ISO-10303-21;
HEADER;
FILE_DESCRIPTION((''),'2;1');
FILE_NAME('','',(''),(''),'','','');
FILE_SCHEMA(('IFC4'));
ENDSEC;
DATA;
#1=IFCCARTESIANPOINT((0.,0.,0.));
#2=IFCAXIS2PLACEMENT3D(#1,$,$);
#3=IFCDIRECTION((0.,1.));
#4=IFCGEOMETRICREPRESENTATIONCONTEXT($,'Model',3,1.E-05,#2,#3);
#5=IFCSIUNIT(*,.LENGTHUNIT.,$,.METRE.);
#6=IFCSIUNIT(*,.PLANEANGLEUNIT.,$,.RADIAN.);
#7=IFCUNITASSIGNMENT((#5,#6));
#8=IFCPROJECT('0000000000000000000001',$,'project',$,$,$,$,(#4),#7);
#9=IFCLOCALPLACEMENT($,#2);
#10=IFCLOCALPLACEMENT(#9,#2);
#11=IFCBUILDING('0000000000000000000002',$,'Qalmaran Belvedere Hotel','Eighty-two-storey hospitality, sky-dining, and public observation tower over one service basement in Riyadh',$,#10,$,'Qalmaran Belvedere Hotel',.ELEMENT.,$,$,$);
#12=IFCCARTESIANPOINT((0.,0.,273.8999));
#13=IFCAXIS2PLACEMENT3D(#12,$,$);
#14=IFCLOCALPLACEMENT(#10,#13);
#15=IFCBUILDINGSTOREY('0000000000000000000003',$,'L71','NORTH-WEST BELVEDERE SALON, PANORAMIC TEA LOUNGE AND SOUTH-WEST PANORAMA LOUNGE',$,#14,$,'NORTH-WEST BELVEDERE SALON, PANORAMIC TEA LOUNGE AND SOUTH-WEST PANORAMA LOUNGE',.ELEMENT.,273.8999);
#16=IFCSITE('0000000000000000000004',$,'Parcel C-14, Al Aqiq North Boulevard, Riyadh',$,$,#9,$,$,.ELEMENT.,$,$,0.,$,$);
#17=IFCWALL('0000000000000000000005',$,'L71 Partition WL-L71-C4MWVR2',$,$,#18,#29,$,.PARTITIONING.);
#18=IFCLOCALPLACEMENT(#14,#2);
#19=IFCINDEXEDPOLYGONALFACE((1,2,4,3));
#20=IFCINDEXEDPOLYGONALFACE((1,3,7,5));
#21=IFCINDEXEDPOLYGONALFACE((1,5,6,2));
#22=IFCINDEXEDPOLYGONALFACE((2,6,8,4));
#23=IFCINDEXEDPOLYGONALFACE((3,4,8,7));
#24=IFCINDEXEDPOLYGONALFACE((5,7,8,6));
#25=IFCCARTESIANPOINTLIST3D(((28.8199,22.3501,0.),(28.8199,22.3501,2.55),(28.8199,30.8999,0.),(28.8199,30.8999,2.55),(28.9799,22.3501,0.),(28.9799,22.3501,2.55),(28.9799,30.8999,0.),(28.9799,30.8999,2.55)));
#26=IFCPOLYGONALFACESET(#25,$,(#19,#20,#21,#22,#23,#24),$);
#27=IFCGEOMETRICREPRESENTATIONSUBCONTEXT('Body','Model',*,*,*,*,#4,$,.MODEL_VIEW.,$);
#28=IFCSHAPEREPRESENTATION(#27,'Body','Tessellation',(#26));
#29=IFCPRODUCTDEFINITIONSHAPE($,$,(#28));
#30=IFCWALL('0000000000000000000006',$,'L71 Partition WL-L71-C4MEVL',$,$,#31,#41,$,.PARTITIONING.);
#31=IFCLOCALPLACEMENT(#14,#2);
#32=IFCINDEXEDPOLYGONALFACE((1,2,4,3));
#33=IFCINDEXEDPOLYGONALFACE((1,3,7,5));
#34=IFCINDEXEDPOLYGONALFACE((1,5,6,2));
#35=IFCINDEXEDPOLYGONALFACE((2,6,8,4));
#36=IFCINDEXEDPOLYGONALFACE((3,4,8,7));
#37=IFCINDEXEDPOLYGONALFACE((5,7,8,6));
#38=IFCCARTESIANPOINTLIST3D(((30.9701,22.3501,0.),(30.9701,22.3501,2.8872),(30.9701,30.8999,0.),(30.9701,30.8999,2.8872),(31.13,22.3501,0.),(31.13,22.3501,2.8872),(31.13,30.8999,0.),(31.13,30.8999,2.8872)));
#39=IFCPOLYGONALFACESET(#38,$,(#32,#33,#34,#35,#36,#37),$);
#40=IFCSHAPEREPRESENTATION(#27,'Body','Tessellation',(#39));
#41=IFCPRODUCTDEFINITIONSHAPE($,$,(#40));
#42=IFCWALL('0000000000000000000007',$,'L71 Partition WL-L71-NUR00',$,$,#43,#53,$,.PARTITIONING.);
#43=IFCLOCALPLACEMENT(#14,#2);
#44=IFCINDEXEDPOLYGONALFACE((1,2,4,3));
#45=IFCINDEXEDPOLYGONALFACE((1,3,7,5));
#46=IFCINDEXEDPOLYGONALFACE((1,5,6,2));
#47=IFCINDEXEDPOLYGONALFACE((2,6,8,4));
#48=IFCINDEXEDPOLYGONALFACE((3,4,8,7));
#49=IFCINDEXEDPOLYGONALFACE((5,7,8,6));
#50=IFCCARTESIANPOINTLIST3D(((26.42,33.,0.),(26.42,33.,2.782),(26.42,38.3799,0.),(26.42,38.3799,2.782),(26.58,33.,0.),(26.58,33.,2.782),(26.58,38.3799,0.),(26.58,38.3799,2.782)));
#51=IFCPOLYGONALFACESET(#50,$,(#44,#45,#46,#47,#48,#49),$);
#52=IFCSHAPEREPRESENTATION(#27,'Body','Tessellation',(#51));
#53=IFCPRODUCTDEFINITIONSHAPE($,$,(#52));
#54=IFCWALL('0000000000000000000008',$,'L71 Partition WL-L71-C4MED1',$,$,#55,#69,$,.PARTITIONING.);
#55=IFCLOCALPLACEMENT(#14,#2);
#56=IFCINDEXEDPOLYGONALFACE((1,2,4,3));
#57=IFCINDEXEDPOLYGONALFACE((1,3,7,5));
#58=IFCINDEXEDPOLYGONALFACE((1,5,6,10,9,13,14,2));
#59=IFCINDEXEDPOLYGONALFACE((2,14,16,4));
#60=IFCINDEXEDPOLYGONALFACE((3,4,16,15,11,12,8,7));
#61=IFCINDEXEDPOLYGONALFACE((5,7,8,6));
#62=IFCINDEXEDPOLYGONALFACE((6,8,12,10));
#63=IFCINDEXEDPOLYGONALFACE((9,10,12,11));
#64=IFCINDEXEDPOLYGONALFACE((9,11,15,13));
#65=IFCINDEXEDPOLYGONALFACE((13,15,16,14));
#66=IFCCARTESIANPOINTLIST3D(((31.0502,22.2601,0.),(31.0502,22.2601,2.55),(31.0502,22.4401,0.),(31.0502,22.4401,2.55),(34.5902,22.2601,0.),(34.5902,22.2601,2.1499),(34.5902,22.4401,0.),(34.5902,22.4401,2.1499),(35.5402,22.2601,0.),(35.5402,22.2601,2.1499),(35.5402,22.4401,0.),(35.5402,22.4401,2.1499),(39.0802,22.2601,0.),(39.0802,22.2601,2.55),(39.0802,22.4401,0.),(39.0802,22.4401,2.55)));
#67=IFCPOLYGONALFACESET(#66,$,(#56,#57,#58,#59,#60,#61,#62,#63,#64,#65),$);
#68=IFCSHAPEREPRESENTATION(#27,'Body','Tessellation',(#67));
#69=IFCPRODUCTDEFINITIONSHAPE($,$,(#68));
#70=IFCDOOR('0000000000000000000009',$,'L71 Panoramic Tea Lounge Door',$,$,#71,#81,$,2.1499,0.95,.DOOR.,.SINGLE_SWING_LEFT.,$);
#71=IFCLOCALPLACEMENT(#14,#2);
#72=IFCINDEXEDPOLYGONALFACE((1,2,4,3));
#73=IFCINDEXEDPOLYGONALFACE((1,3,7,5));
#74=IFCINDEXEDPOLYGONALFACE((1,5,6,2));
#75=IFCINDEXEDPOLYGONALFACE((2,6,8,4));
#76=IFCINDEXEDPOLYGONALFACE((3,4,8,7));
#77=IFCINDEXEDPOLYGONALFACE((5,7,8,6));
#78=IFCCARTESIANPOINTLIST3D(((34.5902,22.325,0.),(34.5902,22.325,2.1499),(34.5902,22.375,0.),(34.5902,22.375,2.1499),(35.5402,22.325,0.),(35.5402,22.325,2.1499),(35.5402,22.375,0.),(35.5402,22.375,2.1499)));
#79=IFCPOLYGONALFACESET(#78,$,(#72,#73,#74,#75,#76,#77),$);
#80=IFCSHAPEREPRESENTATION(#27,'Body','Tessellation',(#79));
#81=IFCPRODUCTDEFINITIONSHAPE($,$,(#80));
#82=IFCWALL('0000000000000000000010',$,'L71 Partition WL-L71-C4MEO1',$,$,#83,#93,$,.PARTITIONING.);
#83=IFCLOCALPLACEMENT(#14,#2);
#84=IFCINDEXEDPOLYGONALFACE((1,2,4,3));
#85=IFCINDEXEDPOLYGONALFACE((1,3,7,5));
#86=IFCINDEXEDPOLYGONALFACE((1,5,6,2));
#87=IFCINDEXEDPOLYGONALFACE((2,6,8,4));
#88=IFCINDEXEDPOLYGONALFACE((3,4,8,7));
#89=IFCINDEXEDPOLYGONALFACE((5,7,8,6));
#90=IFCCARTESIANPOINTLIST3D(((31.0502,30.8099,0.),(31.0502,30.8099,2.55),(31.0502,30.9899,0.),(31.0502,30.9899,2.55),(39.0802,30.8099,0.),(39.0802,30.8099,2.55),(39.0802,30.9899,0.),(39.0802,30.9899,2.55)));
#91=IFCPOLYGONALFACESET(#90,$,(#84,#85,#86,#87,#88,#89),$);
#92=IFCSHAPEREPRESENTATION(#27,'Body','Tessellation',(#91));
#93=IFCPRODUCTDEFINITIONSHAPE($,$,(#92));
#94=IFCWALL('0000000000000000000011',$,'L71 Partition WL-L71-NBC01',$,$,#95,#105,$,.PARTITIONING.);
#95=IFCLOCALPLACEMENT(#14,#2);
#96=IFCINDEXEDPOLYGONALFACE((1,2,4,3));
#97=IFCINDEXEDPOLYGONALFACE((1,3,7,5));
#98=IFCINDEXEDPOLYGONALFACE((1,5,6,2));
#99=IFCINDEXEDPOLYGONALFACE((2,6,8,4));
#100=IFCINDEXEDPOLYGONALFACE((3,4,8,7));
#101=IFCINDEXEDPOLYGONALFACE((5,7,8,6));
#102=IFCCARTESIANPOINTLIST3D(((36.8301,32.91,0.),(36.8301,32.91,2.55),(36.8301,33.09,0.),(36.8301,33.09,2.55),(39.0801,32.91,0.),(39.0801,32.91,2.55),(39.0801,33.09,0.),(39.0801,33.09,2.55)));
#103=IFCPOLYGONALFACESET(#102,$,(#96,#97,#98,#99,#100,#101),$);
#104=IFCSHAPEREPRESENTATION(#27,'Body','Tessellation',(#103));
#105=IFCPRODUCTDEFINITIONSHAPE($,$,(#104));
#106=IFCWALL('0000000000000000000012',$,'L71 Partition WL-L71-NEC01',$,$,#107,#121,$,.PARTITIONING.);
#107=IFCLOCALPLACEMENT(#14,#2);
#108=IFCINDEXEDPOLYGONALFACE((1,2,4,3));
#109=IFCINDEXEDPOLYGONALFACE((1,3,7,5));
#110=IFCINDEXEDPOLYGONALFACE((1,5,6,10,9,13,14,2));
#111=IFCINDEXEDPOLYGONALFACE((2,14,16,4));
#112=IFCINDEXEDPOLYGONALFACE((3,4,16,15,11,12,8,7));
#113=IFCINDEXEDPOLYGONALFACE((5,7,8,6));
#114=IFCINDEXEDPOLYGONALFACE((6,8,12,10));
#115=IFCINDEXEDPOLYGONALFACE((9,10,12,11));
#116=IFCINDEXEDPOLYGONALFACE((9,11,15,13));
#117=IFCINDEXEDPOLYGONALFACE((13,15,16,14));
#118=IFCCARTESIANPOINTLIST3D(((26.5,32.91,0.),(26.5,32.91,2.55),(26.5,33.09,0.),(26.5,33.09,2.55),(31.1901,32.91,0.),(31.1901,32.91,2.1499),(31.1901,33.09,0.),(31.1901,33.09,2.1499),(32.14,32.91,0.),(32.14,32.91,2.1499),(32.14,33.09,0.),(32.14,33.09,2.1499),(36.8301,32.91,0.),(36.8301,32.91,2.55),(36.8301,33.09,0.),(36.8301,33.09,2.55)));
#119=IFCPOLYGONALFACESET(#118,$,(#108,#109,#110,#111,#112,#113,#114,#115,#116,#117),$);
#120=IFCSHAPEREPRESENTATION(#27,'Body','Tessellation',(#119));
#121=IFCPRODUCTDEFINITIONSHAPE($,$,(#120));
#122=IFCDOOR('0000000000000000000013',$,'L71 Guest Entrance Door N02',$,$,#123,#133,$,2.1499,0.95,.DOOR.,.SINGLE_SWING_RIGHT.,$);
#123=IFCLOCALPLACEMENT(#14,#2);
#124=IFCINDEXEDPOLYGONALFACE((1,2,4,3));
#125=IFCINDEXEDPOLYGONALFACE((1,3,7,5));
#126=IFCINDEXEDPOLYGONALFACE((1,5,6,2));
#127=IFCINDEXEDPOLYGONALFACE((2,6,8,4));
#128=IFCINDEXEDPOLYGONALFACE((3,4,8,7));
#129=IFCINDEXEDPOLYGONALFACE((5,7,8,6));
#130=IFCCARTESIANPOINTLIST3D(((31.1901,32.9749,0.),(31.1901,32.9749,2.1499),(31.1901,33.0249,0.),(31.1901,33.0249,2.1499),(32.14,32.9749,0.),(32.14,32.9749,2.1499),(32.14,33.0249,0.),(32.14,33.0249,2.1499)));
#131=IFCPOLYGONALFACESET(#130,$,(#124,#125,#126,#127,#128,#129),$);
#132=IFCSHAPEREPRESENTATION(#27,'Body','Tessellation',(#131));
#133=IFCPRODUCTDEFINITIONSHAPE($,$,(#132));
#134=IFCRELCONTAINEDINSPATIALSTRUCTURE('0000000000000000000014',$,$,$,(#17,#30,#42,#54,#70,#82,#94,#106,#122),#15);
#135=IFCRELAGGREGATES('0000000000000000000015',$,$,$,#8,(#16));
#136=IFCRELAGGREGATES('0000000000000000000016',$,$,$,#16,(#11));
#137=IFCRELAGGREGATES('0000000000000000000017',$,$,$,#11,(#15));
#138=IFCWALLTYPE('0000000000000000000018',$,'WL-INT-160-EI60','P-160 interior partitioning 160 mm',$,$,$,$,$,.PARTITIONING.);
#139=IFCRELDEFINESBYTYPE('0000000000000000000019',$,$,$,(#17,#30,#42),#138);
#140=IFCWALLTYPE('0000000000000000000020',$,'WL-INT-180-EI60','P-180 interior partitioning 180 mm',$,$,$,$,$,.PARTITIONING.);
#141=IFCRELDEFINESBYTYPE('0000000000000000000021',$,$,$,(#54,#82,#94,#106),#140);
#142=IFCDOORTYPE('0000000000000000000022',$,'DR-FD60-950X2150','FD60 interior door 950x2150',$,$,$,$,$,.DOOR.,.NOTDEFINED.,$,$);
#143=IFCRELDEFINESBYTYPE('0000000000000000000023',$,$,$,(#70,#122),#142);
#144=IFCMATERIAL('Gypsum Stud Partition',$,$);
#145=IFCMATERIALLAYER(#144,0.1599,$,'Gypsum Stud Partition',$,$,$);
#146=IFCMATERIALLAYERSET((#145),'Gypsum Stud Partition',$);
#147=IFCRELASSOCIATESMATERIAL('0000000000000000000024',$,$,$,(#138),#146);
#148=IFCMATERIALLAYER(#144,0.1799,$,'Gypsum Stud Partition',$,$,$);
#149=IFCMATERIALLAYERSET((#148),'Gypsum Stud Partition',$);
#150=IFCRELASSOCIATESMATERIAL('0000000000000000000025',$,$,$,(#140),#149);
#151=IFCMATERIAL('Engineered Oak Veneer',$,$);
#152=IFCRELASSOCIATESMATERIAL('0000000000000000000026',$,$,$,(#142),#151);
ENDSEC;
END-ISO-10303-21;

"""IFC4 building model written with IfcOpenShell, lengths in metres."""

from ifc_helpers import new_model, si_unit, direction, frame, frame_2d, origin, place, context, subcontext, project, spatial, rectangle, extrude, material, layer, layer_set, type_object, element, fill, save


model = new_model("IFC4")

# Units and contexts
model_context = context("Model", 3, precision=1e-05, world=origin(), true_north=direction((0.0, 1.0)))
body_context = subcontext(model_context, "Body", "Model", "MODEL_VIEW")
ifc_project = project(units=[si_unit("LENGTHUNIT", "METRE"), si_unit("PLANEANGLEUNIT", "RADIAN")], contexts=[model_context])

# Site, building, storey
site_placement = place(None, origin())
site = spatial("IfcSite", under=ifc_project, at=site_placement, Name="Parcel C-14, Al Aqiq North Boulevard, Riyadh", CompositionType="ELEMENT", RefElevation=0.0)
building_placement = place(site_placement, origin())
building = spatial("IfcBuilding", under=site, at=building_placement, Name="Qalmaran Belvedere Hotel", Description="Eighty-two-storey hospitality, sky-dining, and public observation tower over one service basement in Riyadh", LongName="Qalmaran Belvedere Hotel", CompositionType="ELEMENT")
storey_placement = place(building_placement, frame((0.0, 0.0, 273.8999)))
storey = spatial("IfcBuildingStorey", under=building, at=storey_placement, Name="L71", Description="NORTH-WEST BELVEDERE SALON, PANORAMIC TEA LOUNGE AND SOUTH-WEST PANORAMA LOUNGE", LongName="NORTH-WEST BELVEDERE SALON, PANORAMIC TEA LOUNGE AND SOUTH-WEST PANORAMA LOUNGE", CompositionType="ELEMENT", Elevation=273.8999)

# Shared definitions
ifc_material_1 = material(Name="Engineered Oak Veneer")

# Shared definitions
ifc_material_2 = material(Name="Gypsum Stud Partition")

# Walls
ifc_layer_1 = layer(ifc_material_2, 0.1599, Name="Gypsum Stud Partition")
ifc_layer_set_1 = layer_set([ifc_layer_1], Name="Gypsum Stud Partition")
wall_type_1 = type_object("IfcWallType", Name="WL-INT-160-EI60", Description="P-160 interior partitioning 160 mm", PredefinedType="PARTITIONING", material=ifc_layer_set_1)
wall_1_placement = place(storey_placement, frame((28.8999, 22.3501, 0.0), z_axis=(0.0, 0.0, 1.0), x_axis=(0.0, 1.0, 0.0)))
element("IfcWall", 1, at=wall_1_placement, inside=storey, type_object=wall_type_1, Name="L71 Partition WL-L71-C4MWVR2", PredefinedType="PARTITIONING", context=body_context, shape_type="SweptSolid", body=[
    extrude(rectangle(XDim=8.5498, YDim=0.1599, at=frame_2d((4.2749, 0.0))), origin(), (0.0, 0.0, 1.0), 2.55),
])
wall_2_placement = place(storey_placement, frame((31.05, 22.3501, 0.0), z_axis=(0.0, 0.0, 1.0), x_axis=(0.0, 1.0, 0.0)))
element("IfcWall", 2, at=wall_2_placement, inside=storey, type_object=wall_type_1, Name="L71 Partition WL-L71-C4MEVL", PredefinedType="PARTITIONING", context=body_context, shape_type="SweptSolid", body=[
    extrude(rectangle(XDim=8.5498, YDim=0.1599, at=frame_2d((4.2749, 0.0))), origin(), (0.0, 0.0, 1.0), 2.8872),
])
wall_3_placement = place(storey_placement, frame((26.5, 33.0, 0.0), z_axis=(0.0, 0.0, 1.0), x_axis=(0.0, 1.0, 0.0)))
element("IfcWall", 3, at=wall_3_placement, inside=storey, type_object=wall_type_1, Name="L71 Partition WL-L71-NUR00", PredefinedType="PARTITIONING", context=body_context, shape_type="SweptSolid", body=[
    extrude(rectangle(XDim=5.3799, YDim=0.1599, at=frame_2d((2.6899, 0.0))), origin(), (0.0, 0.0, 1.0), 2.782),
])

# Wall, opening, door
ifc_layer_2 = layer(ifc_material_2, 0.1799, Name="Gypsum Stud Partition")
ifc_layer_set_2 = layer_set([ifc_layer_2], Name="Gypsum Stud Partition")
wall_type_2 = type_object("IfcWallType", Name="WL-INT-180-EI60", Description="P-180 interior partitioning 180 mm", PredefinedType="PARTITIONING", material=ifc_layer_set_2)
wall_4_placement = place(storey_placement, frame((31.05, 22.3501, 0.0), z_axis=(0.0, 0.0, 1.0), x_axis=(1.0, 0.0, 0.0)))
wall_4 = element("IfcWall", 4, at=wall_4_placement, inside=storey, type_object=wall_type_2, Name="L71 Partition WL-L71-C4MED1", PredefinedType="PARTITIONING", context=body_context, shape_type="SweptSolid", body=[
    extrude(rectangle(XDim=8.03, YDim=0.1799, at=frame_2d((4.0151, 0.0))), origin(), (0.0, 0.0, 1.0), 2.55),
])
opening_1_placement = place(wall_4_placement, frame((3.54, 0.0, 0.0)))
opening_1 = element("IfcOpeningElement", 5, at=opening_1_placement, cuts=wall_4, PredefinedType="OPENING", context=body_context, shape_type="SweptSolid", body=[
    extrude(rectangle(XDim=0.95, YDim=2.1499, at=frame_2d((0.4751, 1.075))), frame((0.0, 0.1001, 0.0), z_axis=(0.0, -1.0, 0.0), x_axis=(1.0, 0.0, 0.0)), (0.0, 0.0, 1.0), 0.2),
])
door_type_1 = type_object("IfcDoorType", Name="DR-FD60-950X2150", Description="FD60 interior door 950x2150", OperationType="NOTDEFINED", PredefinedType="DOOR", material=ifc_material_1)
door_1_placement = place(opening_1_placement, origin())
door_1 = element("IfcDoor", 6, at=door_1_placement, inside=storey, type_object=door_type_1, Name="L71 Panoramic Tea Lounge Door", OperationType="SINGLE_SWING_LEFT", OverallHeight=2.1499, OverallWidth=0.95, PredefinedType="DOOR", context=body_context, shape_type="SweptSolid", body=[
    extrude(rectangle(XDim=0.95, YDim=2.1499, at=frame_2d((0.4751, 1.075))), frame((0.0, 0.0249, 0.0), z_axis=(0.0, -1.0, 0.0), x_axis=(1.0, 0.0, 0.0)), (0.0, 0.0, 1.0), 0.05),
])
fill(opening_1, door_1)

# Walls
wall_5_placement = place(storey_placement, frame((31.05, 30.8999, 0.0), z_axis=(0.0, 0.0, 1.0), x_axis=(1.0, 0.0, 0.0)))
element("IfcWall", 7, at=wall_5_placement, inside=storey, type_object=wall_type_2, Name="L71 Partition WL-L71-C4MEO1", PredefinedType="PARTITIONING", context=body_context, shape_type="SweptSolid", body=[
    extrude(rectangle(XDim=8.03, YDim=0.1799, at=frame_2d((4.0151, 0.0))), origin(), (0.0, 0.0, 1.0), 2.55),
])
wall_6_placement = place(storey_placement, frame((36.8301, 33.0, 0.0), z_axis=(0.0, 0.0, 1.0), x_axis=(1.0, 0.0, 0.0)))
element("IfcWall", 8, at=wall_6_placement, inside=storey, type_object=wall_type_2, Name="L71 Partition WL-L71-NBC01", PredefinedType="PARTITIONING", context=body_context, shape_type="SweptSolid", body=[
    extrude(rectangle(XDim=2.25, YDim=0.1799, at=frame_2d((1.125, 0.0))), origin(), (0.0, 0.0, 1.0), 2.55),
])

# Wall, opening, door
wall_7_placement = place(storey_placement, frame((26.5, 33.0, 0.0), z_axis=(0.0, 0.0, 1.0), x_axis=(1.0, 0.0, 0.0)))
wall_7 = element("IfcWall", 9, at=wall_7_placement, inside=storey, type_object=wall_type_2, Name="L71 Partition WL-L71-NEC01", PredefinedType="PARTITIONING", context=body_context, shape_type="SweptSolid", body=[
    extrude(rectangle(XDim=10.3301, YDim=0.1799, at=frame_2d((5.165, 0.0))), origin(), (0.0, 0.0, 1.0), 2.55),
])
opening_2_placement = place(wall_7_placement, frame((4.6899, 0.0, 0.0)))
opening_2 = element("IfcOpeningElement", 10, at=opening_2_placement, cuts=wall_7, PredefinedType="OPENING", context=body_context, shape_type="SweptSolid", body=[
    extrude(rectangle(XDim=0.95, YDim=2.1499, at=frame_2d((0.4751, 1.075))), frame((0.0, 0.1001, 0.0), z_axis=(0.0, -1.0, 0.0), x_axis=(1.0, 0.0, 0.0)), (0.0, 0.0, 1.0), 0.2),
])
door_2_placement = place(opening_2_placement, origin())
door_2 = element("IfcDoor", 11, at=door_2_placement, inside=storey, type_object=door_type_1, Name="L71 Guest Entrance Door N02", OperationType="SINGLE_SWING_RIGHT", OverallHeight=2.1499, OverallWidth=0.95, PredefinedType="DOOR", context=body_context, shape_type="SweptSolid", body=[
    extrude(rectangle(XDim=0.95, YDim=2.1499, at=frame_2d((0.4751, 1.075))), frame((0.0, 0.0249, 0.0), z_axis=(0.0, -1.0, 0.0), x_axis=(1.0, 0.0, 0.0)), (0.0, 0.0, 1.0), 0.05),
])
fill(opening_2, door_2)

save(model, "model.ifc")
